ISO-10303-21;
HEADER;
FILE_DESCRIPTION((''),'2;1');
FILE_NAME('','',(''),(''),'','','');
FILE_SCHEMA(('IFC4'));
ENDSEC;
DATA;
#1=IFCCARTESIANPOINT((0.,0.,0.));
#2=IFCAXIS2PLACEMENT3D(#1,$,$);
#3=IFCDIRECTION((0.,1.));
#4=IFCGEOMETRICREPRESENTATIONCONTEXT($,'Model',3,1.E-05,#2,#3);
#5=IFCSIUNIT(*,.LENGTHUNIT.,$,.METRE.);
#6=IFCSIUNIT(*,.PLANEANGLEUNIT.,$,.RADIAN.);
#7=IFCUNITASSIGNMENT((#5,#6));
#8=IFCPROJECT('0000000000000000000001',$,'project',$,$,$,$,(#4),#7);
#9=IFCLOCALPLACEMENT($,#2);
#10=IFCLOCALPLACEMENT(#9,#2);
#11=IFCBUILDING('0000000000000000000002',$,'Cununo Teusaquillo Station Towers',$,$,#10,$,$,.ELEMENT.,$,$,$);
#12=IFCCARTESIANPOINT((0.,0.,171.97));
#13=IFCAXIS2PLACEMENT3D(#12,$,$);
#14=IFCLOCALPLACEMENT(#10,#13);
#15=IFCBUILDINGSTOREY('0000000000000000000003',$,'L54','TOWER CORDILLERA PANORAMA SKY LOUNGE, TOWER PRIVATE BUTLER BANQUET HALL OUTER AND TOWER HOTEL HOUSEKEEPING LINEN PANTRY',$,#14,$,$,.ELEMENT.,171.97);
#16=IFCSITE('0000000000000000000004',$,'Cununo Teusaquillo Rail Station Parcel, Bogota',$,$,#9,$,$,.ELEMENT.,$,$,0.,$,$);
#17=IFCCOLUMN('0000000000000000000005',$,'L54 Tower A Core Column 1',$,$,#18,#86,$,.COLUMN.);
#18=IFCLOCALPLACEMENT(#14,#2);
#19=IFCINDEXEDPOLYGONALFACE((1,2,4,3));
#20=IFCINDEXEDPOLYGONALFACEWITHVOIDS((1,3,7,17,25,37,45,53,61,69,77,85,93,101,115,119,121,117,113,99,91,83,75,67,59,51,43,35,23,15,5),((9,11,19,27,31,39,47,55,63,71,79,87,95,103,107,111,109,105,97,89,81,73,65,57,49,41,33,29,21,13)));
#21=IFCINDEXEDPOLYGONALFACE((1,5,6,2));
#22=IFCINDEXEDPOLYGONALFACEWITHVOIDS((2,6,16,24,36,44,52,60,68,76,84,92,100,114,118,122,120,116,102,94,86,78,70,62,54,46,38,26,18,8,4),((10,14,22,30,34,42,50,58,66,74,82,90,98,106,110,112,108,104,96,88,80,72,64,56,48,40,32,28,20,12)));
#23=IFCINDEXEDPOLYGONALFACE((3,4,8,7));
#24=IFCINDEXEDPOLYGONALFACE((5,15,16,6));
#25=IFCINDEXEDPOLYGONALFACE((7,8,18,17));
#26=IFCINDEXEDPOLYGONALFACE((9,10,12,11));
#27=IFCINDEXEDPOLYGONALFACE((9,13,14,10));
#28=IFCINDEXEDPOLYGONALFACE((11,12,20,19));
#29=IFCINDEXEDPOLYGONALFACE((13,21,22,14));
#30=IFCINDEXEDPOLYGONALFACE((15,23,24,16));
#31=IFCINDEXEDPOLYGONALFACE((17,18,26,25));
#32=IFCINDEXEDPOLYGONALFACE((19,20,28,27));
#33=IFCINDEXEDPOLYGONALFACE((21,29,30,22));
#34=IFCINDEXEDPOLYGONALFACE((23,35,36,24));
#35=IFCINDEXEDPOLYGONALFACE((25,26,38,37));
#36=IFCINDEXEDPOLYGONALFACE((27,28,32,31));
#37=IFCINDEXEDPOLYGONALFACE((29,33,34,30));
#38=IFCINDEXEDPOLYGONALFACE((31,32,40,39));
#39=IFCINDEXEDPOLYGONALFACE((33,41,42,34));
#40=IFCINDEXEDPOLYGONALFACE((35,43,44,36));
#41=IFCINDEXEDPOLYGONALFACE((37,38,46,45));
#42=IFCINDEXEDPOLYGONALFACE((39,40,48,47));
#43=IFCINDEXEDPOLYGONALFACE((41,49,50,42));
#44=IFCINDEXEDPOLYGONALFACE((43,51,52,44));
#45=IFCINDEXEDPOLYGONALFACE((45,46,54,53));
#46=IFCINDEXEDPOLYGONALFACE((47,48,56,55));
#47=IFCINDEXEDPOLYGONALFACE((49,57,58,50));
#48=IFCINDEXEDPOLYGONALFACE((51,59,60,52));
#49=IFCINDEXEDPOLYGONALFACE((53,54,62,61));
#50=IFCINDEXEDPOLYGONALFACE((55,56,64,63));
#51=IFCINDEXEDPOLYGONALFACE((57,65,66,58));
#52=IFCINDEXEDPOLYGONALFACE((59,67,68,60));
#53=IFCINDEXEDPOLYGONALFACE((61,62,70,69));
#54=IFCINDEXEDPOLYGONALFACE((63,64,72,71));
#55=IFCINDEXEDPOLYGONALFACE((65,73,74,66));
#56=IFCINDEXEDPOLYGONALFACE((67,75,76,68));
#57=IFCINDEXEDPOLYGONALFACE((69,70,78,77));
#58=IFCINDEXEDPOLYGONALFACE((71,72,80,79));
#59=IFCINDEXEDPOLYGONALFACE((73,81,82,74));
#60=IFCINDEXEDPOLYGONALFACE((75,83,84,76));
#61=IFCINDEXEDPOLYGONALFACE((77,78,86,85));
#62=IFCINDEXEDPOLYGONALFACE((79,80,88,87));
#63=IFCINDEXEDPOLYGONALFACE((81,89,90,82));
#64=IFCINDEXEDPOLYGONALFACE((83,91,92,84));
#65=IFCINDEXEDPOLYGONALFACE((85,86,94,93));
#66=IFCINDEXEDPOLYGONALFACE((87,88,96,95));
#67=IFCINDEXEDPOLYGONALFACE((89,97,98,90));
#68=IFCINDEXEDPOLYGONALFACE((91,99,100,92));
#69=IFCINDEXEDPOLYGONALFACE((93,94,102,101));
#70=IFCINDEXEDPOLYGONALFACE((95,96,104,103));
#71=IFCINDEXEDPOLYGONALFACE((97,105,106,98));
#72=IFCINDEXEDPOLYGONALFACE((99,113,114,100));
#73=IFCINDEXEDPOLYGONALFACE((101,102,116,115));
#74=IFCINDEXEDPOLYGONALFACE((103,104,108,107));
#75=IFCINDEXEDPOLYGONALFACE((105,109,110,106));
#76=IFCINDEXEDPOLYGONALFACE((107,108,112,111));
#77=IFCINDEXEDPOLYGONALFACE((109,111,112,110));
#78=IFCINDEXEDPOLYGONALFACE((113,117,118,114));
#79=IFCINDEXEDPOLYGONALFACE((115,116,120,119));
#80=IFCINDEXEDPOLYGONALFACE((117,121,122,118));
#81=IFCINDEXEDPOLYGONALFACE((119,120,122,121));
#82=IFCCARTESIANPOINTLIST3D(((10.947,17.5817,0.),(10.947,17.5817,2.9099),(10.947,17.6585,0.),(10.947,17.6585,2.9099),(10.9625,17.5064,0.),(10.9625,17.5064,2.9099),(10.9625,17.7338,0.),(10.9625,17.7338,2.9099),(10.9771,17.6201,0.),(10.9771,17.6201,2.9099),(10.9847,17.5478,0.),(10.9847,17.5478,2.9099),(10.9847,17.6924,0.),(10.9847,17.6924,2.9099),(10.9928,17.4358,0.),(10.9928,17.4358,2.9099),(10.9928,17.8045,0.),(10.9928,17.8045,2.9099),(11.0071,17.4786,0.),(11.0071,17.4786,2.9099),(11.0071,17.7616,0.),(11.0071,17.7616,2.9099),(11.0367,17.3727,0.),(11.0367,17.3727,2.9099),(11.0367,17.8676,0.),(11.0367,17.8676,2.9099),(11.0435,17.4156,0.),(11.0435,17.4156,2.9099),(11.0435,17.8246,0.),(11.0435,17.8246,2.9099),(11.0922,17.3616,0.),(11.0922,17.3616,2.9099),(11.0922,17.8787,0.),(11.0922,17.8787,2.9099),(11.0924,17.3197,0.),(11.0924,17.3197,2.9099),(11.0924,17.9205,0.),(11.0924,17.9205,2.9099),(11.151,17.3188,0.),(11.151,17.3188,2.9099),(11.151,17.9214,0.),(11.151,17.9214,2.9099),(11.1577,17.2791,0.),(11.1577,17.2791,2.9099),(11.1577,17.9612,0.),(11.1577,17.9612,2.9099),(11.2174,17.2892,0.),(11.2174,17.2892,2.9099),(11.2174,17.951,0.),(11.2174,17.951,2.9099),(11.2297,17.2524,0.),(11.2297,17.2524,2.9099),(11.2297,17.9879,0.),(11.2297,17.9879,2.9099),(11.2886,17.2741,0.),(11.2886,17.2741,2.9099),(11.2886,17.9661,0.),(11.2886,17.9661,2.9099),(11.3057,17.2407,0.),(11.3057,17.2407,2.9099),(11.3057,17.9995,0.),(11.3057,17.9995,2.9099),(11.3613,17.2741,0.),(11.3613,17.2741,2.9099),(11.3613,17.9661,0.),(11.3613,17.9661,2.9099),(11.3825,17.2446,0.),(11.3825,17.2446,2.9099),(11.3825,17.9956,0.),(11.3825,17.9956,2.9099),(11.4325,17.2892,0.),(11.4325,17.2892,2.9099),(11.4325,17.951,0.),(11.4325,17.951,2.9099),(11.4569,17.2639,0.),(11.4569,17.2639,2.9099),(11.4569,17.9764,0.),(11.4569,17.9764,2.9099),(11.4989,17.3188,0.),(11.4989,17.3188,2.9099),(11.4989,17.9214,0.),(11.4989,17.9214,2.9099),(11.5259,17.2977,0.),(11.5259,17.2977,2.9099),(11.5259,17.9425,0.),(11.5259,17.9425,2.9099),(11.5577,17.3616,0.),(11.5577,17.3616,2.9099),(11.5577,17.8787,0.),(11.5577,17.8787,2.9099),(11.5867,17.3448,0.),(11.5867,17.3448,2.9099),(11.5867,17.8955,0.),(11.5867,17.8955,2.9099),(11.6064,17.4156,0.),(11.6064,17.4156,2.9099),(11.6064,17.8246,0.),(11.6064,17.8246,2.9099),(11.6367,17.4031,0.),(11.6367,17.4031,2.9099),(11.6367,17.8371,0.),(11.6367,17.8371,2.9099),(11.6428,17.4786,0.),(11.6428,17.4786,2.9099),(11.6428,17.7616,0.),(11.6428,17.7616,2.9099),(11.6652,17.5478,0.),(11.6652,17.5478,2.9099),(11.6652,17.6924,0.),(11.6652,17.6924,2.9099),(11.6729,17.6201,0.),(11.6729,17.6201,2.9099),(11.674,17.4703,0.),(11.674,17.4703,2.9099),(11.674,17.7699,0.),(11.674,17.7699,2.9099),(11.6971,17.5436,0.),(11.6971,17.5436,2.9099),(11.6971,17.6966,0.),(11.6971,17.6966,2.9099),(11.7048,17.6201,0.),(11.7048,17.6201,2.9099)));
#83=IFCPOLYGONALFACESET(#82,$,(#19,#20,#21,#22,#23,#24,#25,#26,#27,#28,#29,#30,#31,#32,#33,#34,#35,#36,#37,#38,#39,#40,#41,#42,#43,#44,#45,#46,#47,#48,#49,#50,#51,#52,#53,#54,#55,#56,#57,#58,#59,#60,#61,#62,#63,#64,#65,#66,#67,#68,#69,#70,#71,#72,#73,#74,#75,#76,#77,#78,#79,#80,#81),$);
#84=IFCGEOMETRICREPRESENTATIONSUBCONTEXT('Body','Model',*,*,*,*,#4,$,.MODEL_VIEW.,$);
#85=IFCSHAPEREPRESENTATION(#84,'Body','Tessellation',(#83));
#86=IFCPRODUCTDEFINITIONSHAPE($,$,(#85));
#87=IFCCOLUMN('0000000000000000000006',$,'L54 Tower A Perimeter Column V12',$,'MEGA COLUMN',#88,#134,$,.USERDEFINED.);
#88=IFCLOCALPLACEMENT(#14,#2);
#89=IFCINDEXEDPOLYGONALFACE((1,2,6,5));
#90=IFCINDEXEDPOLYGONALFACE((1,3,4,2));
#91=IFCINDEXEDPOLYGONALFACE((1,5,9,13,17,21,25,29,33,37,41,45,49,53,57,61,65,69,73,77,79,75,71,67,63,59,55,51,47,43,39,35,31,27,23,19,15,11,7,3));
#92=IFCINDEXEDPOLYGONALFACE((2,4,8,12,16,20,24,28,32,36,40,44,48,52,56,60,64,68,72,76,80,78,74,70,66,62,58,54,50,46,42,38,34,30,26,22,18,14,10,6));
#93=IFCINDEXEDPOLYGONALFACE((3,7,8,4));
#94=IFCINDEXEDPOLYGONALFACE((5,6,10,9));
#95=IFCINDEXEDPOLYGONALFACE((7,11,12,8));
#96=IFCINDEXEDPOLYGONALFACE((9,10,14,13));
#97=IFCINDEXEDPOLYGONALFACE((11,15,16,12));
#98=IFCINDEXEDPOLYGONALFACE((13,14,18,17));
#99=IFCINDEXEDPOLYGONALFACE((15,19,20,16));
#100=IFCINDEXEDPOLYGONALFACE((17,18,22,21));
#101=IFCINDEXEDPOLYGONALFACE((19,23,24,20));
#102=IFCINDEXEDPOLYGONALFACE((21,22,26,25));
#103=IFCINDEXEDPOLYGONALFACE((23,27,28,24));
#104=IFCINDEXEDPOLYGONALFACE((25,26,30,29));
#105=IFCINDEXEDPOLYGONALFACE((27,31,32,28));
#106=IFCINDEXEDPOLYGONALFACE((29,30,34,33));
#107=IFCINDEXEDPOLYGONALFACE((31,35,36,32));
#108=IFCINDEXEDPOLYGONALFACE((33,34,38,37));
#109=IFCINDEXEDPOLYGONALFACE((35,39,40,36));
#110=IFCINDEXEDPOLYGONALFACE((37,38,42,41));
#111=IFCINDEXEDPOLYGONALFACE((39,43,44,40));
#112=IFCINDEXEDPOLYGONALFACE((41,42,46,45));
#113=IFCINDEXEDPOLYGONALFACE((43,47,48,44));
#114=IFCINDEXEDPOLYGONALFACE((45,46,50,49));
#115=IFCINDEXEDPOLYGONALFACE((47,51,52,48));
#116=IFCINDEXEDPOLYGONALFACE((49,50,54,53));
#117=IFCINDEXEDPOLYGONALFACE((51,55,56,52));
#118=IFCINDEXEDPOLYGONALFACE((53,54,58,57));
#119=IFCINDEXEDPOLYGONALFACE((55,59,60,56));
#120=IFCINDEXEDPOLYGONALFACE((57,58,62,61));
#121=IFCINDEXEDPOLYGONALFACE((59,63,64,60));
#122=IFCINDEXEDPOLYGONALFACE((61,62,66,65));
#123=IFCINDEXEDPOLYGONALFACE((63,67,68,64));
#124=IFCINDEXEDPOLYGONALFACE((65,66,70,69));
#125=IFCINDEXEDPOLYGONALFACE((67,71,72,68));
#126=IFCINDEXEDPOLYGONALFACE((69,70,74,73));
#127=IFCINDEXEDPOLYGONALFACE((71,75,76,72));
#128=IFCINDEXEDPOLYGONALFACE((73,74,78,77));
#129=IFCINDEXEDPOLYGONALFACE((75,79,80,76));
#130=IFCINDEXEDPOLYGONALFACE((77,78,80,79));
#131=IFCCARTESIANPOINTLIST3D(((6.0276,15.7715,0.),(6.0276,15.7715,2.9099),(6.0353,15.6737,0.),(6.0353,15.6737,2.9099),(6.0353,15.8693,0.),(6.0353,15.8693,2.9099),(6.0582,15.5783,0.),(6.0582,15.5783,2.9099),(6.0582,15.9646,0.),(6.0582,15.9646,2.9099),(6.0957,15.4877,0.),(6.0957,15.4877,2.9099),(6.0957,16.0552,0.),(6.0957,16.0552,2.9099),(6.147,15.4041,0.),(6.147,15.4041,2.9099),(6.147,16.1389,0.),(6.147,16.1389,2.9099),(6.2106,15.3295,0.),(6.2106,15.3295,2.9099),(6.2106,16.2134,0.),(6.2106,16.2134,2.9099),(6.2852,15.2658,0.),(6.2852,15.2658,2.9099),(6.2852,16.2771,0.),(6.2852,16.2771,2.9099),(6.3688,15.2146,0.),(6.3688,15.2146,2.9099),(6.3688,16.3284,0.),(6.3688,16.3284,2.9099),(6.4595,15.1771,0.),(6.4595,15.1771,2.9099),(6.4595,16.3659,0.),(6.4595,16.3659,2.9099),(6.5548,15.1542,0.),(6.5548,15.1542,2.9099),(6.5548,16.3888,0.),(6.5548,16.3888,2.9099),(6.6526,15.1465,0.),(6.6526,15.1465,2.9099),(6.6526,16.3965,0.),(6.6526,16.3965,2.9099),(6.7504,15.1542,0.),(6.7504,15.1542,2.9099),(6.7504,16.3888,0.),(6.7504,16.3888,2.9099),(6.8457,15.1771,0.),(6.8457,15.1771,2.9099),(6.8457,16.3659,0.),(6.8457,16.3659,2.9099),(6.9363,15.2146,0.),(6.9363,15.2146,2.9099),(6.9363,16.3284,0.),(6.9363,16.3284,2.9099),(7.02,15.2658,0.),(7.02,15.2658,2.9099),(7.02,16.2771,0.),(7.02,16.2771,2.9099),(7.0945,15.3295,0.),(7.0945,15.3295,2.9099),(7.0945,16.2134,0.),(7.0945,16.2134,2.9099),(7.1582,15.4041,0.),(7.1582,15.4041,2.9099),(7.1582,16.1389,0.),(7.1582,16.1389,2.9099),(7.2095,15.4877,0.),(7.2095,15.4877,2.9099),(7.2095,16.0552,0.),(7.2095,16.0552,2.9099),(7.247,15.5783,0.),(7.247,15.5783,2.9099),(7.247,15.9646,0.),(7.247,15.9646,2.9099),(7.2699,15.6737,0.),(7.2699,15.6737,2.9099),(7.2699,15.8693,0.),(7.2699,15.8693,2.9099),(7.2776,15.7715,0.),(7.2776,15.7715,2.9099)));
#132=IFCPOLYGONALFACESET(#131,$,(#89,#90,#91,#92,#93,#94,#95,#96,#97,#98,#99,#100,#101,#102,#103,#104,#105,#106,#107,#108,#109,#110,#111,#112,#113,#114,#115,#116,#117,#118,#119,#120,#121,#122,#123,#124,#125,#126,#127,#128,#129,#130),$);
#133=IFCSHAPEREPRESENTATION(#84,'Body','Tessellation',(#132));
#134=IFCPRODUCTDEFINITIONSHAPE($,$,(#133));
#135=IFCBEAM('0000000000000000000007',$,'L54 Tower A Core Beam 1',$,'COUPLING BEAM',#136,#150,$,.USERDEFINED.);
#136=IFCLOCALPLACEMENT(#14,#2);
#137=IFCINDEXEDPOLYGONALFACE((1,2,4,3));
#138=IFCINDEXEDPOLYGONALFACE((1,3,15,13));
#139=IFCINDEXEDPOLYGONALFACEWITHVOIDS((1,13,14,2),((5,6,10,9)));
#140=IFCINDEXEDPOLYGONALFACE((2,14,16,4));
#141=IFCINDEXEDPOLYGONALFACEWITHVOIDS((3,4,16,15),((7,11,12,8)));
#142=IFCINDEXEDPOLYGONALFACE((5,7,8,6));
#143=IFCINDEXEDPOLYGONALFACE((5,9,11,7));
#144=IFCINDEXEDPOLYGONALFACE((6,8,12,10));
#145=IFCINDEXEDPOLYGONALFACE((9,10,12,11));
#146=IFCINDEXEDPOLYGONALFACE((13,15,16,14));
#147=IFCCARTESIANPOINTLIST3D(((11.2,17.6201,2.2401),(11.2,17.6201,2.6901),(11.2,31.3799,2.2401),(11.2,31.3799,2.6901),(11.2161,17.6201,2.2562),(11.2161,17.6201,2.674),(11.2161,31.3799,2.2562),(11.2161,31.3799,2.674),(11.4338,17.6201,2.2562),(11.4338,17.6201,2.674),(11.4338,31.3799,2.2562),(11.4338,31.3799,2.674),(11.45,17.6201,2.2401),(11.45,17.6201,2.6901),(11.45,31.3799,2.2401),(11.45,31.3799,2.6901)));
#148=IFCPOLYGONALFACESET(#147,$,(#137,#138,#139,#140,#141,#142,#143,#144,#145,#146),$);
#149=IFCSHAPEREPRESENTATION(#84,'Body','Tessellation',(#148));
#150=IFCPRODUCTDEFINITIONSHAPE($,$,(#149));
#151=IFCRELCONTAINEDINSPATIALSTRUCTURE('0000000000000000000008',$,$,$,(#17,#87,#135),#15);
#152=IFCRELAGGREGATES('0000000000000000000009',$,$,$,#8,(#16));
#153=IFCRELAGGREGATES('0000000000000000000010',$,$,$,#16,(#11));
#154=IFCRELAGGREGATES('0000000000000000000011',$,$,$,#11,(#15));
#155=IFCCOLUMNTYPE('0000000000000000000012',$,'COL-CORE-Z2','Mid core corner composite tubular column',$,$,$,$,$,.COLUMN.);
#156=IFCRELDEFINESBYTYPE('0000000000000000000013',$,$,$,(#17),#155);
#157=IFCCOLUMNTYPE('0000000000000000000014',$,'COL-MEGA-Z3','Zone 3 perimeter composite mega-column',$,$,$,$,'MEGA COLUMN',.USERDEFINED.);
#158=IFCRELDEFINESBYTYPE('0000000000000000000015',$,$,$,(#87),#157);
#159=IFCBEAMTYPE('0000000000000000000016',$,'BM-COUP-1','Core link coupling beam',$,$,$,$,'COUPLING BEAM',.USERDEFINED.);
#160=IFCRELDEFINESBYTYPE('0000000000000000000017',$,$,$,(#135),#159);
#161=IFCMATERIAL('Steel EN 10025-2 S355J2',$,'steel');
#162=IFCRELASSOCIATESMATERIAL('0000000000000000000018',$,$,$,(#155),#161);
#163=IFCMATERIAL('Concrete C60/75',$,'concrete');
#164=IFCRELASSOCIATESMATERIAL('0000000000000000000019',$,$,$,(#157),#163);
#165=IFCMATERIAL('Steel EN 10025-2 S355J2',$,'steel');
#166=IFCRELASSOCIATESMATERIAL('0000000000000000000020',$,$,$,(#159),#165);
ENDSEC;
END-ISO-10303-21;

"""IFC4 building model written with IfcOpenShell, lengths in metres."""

from ifc_helpers import new_model, si_unit, direction, frame, origin, origin_2d, place, context, subcontext, project, spatial, hollow_rectangle, circle, hollow_circle, extrude, material, material_profile, profile_set, type_object, element, save


model = new_model("IFC4")

# Units and contexts
model_context = context("Model", 3, precision=1e-05, world=origin(), true_north=direction((0.0, 1.0)))
body_context = subcontext(model_context, "Body", "Model", "MODEL_VIEW")
ifc_project = project(units=[si_unit("LENGTHUNIT", "METRE"), si_unit("PLANEANGLEUNIT", "RADIAN")], contexts=[model_context])

# Site, building, storey
site_placement = place(None, origin())
site = spatial("IfcSite", under=ifc_project, at=site_placement, Name="Cununo Teusaquillo Rail Station Parcel, Bogota", CompositionType="ELEMENT", RefElevation=0.0)
building_placement = place(site_placement, origin())
building = spatial("IfcBuilding", under=site, at=building_placement, Name="Cununo Teusaquillo Station Towers", CompositionType="ELEMENT")
storey_placement = place(building_placement, frame((0.0, 0.0, 171.97)))
storey = spatial("IfcBuildingStorey", under=building, at=storey_placement, Name="L54", Description="TOWER CORDILLERA PANORAMA SKY LOUNGE, TOWER PRIVATE BUTLER BANQUET HALL OUTER AND TOWER HOTEL HOUSEKEEPING LINEN PANTRY", CompositionType="ELEMENT", Elevation=171.97)

# Columns
ifc_material_1 = material(Name="Steel EN 10025-2 S355J2", Category="steel")
ifc_material_profile_1 = material_profile(ifc_material_1, hollow_circle(Radius=0.3799, WallThickness=0.032, at=origin_2d()), Name="CHS 760x32")
ifc_profile_set_1 = profile_set([ifc_material_profile_1], Name="Steel EN 10025-2 S355J2")
column_type_1 = type_object("IfcColumnType", Name="COL-CORE-Z2", Description="Mid core corner composite tubular column", PredefinedType="COLUMN", material=ifc_profile_set_1)
column_1_placement = place(storey_placement, frame((11.325, 17.6201, 0.0), z_axis=(0.0, 0.0, 1.0), x_axis=(1.0, 0.0, 0.0)))
element("IfcColumn", 1, at=column_1_placement, inside=storey, type_object=column_type_1, Name="L54 Tower A Core Column 1", PredefinedType="COLUMN", context=body_context, shape_type="SweptSolid", body=[
    extrude(hollow_circle(Radius=0.3799, WallThickness=0.032, at=origin_2d()), origin(), (0.0, 0.0, 1.0), 2.9099),
])
ifc_material_2 = material(Name="Concrete C60/75", Category="concrete")
ifc_material_profile_2 = material_profile(ifc_material_2, circle(Radius=0.625, at=origin_2d()), Name="RC-CIRC-1250")
ifc_profile_set_2 = profile_set([ifc_material_profile_2], Name="Concrete C60/75")
column_type_2 = type_object("IfcColumnType", Name="COL-MEGA-Z3", Description="Zone 3 perimeter composite mega-column", ElementType="MEGA COLUMN", PredefinedType="USERDEFINED", material=ifc_profile_set_2)
column_2_placement = place(storey_placement, frame((6.6526, 15.7715, 0.0), z_axis=(0.0, 0.0, 1.0), x_axis=(1.0, 0.0, 0.0)))
element("IfcColumn", 2, at=column_2_placement, inside=storey, type_object=column_type_2, Name="L54 Tower A Perimeter Column V12", ObjectType="MEGA COLUMN", PredefinedType="USERDEFINED", context=body_context, shape_type="SweptSolid", body=[
    extrude(circle(Radius=0.625, at=origin_2d()), origin(), (0.0, 0.0, 1.0), 2.9099),
])

# Beam
ifc_material_3 = material(Name="Steel EN 10025-2 S355J2", Category="steel")
ifc_material_profile_3 = material_profile(ifc_material_3, hollow_rectangle(XDim=0.25, YDim=0.45, WallThickness=0.0161, at=origin_2d()), Name="RHS 450x250x16")
ifc_profile_set_3 = profile_set([ifc_material_profile_3], Name="Steel EN 10025-2 S355J2")
beam_type_1 = type_object("IfcBeamType", Name="BM-COUP-1", Description="Core link coupling beam", ElementType="COUPLING BEAM", PredefinedType="USERDEFINED", material=ifc_profile_set_3)
beam_1_placement = place(storey_placement, frame((11.325, 17.6201, 2.4651), z_axis=(0.0, 1.0, 0.0), x_axis=(-1.0, 0.0, 0.0)))
element("IfcBeam", 3, at=beam_1_placement, inside=storey, type_object=beam_type_1, Name="L54 Tower A Core Beam 1", ObjectType="COUPLING BEAM", PredefinedType="USERDEFINED", context=body_context, shape_type="SweptSolid", body=[
    extrude(hollow_rectangle(XDim=0.25, YDim=0.45, WallThickness=0.0161, at=origin_2d()), origin(), (0.0, 0.0, 1.0), 13.7598),
])

save(model, "model.ifc")
